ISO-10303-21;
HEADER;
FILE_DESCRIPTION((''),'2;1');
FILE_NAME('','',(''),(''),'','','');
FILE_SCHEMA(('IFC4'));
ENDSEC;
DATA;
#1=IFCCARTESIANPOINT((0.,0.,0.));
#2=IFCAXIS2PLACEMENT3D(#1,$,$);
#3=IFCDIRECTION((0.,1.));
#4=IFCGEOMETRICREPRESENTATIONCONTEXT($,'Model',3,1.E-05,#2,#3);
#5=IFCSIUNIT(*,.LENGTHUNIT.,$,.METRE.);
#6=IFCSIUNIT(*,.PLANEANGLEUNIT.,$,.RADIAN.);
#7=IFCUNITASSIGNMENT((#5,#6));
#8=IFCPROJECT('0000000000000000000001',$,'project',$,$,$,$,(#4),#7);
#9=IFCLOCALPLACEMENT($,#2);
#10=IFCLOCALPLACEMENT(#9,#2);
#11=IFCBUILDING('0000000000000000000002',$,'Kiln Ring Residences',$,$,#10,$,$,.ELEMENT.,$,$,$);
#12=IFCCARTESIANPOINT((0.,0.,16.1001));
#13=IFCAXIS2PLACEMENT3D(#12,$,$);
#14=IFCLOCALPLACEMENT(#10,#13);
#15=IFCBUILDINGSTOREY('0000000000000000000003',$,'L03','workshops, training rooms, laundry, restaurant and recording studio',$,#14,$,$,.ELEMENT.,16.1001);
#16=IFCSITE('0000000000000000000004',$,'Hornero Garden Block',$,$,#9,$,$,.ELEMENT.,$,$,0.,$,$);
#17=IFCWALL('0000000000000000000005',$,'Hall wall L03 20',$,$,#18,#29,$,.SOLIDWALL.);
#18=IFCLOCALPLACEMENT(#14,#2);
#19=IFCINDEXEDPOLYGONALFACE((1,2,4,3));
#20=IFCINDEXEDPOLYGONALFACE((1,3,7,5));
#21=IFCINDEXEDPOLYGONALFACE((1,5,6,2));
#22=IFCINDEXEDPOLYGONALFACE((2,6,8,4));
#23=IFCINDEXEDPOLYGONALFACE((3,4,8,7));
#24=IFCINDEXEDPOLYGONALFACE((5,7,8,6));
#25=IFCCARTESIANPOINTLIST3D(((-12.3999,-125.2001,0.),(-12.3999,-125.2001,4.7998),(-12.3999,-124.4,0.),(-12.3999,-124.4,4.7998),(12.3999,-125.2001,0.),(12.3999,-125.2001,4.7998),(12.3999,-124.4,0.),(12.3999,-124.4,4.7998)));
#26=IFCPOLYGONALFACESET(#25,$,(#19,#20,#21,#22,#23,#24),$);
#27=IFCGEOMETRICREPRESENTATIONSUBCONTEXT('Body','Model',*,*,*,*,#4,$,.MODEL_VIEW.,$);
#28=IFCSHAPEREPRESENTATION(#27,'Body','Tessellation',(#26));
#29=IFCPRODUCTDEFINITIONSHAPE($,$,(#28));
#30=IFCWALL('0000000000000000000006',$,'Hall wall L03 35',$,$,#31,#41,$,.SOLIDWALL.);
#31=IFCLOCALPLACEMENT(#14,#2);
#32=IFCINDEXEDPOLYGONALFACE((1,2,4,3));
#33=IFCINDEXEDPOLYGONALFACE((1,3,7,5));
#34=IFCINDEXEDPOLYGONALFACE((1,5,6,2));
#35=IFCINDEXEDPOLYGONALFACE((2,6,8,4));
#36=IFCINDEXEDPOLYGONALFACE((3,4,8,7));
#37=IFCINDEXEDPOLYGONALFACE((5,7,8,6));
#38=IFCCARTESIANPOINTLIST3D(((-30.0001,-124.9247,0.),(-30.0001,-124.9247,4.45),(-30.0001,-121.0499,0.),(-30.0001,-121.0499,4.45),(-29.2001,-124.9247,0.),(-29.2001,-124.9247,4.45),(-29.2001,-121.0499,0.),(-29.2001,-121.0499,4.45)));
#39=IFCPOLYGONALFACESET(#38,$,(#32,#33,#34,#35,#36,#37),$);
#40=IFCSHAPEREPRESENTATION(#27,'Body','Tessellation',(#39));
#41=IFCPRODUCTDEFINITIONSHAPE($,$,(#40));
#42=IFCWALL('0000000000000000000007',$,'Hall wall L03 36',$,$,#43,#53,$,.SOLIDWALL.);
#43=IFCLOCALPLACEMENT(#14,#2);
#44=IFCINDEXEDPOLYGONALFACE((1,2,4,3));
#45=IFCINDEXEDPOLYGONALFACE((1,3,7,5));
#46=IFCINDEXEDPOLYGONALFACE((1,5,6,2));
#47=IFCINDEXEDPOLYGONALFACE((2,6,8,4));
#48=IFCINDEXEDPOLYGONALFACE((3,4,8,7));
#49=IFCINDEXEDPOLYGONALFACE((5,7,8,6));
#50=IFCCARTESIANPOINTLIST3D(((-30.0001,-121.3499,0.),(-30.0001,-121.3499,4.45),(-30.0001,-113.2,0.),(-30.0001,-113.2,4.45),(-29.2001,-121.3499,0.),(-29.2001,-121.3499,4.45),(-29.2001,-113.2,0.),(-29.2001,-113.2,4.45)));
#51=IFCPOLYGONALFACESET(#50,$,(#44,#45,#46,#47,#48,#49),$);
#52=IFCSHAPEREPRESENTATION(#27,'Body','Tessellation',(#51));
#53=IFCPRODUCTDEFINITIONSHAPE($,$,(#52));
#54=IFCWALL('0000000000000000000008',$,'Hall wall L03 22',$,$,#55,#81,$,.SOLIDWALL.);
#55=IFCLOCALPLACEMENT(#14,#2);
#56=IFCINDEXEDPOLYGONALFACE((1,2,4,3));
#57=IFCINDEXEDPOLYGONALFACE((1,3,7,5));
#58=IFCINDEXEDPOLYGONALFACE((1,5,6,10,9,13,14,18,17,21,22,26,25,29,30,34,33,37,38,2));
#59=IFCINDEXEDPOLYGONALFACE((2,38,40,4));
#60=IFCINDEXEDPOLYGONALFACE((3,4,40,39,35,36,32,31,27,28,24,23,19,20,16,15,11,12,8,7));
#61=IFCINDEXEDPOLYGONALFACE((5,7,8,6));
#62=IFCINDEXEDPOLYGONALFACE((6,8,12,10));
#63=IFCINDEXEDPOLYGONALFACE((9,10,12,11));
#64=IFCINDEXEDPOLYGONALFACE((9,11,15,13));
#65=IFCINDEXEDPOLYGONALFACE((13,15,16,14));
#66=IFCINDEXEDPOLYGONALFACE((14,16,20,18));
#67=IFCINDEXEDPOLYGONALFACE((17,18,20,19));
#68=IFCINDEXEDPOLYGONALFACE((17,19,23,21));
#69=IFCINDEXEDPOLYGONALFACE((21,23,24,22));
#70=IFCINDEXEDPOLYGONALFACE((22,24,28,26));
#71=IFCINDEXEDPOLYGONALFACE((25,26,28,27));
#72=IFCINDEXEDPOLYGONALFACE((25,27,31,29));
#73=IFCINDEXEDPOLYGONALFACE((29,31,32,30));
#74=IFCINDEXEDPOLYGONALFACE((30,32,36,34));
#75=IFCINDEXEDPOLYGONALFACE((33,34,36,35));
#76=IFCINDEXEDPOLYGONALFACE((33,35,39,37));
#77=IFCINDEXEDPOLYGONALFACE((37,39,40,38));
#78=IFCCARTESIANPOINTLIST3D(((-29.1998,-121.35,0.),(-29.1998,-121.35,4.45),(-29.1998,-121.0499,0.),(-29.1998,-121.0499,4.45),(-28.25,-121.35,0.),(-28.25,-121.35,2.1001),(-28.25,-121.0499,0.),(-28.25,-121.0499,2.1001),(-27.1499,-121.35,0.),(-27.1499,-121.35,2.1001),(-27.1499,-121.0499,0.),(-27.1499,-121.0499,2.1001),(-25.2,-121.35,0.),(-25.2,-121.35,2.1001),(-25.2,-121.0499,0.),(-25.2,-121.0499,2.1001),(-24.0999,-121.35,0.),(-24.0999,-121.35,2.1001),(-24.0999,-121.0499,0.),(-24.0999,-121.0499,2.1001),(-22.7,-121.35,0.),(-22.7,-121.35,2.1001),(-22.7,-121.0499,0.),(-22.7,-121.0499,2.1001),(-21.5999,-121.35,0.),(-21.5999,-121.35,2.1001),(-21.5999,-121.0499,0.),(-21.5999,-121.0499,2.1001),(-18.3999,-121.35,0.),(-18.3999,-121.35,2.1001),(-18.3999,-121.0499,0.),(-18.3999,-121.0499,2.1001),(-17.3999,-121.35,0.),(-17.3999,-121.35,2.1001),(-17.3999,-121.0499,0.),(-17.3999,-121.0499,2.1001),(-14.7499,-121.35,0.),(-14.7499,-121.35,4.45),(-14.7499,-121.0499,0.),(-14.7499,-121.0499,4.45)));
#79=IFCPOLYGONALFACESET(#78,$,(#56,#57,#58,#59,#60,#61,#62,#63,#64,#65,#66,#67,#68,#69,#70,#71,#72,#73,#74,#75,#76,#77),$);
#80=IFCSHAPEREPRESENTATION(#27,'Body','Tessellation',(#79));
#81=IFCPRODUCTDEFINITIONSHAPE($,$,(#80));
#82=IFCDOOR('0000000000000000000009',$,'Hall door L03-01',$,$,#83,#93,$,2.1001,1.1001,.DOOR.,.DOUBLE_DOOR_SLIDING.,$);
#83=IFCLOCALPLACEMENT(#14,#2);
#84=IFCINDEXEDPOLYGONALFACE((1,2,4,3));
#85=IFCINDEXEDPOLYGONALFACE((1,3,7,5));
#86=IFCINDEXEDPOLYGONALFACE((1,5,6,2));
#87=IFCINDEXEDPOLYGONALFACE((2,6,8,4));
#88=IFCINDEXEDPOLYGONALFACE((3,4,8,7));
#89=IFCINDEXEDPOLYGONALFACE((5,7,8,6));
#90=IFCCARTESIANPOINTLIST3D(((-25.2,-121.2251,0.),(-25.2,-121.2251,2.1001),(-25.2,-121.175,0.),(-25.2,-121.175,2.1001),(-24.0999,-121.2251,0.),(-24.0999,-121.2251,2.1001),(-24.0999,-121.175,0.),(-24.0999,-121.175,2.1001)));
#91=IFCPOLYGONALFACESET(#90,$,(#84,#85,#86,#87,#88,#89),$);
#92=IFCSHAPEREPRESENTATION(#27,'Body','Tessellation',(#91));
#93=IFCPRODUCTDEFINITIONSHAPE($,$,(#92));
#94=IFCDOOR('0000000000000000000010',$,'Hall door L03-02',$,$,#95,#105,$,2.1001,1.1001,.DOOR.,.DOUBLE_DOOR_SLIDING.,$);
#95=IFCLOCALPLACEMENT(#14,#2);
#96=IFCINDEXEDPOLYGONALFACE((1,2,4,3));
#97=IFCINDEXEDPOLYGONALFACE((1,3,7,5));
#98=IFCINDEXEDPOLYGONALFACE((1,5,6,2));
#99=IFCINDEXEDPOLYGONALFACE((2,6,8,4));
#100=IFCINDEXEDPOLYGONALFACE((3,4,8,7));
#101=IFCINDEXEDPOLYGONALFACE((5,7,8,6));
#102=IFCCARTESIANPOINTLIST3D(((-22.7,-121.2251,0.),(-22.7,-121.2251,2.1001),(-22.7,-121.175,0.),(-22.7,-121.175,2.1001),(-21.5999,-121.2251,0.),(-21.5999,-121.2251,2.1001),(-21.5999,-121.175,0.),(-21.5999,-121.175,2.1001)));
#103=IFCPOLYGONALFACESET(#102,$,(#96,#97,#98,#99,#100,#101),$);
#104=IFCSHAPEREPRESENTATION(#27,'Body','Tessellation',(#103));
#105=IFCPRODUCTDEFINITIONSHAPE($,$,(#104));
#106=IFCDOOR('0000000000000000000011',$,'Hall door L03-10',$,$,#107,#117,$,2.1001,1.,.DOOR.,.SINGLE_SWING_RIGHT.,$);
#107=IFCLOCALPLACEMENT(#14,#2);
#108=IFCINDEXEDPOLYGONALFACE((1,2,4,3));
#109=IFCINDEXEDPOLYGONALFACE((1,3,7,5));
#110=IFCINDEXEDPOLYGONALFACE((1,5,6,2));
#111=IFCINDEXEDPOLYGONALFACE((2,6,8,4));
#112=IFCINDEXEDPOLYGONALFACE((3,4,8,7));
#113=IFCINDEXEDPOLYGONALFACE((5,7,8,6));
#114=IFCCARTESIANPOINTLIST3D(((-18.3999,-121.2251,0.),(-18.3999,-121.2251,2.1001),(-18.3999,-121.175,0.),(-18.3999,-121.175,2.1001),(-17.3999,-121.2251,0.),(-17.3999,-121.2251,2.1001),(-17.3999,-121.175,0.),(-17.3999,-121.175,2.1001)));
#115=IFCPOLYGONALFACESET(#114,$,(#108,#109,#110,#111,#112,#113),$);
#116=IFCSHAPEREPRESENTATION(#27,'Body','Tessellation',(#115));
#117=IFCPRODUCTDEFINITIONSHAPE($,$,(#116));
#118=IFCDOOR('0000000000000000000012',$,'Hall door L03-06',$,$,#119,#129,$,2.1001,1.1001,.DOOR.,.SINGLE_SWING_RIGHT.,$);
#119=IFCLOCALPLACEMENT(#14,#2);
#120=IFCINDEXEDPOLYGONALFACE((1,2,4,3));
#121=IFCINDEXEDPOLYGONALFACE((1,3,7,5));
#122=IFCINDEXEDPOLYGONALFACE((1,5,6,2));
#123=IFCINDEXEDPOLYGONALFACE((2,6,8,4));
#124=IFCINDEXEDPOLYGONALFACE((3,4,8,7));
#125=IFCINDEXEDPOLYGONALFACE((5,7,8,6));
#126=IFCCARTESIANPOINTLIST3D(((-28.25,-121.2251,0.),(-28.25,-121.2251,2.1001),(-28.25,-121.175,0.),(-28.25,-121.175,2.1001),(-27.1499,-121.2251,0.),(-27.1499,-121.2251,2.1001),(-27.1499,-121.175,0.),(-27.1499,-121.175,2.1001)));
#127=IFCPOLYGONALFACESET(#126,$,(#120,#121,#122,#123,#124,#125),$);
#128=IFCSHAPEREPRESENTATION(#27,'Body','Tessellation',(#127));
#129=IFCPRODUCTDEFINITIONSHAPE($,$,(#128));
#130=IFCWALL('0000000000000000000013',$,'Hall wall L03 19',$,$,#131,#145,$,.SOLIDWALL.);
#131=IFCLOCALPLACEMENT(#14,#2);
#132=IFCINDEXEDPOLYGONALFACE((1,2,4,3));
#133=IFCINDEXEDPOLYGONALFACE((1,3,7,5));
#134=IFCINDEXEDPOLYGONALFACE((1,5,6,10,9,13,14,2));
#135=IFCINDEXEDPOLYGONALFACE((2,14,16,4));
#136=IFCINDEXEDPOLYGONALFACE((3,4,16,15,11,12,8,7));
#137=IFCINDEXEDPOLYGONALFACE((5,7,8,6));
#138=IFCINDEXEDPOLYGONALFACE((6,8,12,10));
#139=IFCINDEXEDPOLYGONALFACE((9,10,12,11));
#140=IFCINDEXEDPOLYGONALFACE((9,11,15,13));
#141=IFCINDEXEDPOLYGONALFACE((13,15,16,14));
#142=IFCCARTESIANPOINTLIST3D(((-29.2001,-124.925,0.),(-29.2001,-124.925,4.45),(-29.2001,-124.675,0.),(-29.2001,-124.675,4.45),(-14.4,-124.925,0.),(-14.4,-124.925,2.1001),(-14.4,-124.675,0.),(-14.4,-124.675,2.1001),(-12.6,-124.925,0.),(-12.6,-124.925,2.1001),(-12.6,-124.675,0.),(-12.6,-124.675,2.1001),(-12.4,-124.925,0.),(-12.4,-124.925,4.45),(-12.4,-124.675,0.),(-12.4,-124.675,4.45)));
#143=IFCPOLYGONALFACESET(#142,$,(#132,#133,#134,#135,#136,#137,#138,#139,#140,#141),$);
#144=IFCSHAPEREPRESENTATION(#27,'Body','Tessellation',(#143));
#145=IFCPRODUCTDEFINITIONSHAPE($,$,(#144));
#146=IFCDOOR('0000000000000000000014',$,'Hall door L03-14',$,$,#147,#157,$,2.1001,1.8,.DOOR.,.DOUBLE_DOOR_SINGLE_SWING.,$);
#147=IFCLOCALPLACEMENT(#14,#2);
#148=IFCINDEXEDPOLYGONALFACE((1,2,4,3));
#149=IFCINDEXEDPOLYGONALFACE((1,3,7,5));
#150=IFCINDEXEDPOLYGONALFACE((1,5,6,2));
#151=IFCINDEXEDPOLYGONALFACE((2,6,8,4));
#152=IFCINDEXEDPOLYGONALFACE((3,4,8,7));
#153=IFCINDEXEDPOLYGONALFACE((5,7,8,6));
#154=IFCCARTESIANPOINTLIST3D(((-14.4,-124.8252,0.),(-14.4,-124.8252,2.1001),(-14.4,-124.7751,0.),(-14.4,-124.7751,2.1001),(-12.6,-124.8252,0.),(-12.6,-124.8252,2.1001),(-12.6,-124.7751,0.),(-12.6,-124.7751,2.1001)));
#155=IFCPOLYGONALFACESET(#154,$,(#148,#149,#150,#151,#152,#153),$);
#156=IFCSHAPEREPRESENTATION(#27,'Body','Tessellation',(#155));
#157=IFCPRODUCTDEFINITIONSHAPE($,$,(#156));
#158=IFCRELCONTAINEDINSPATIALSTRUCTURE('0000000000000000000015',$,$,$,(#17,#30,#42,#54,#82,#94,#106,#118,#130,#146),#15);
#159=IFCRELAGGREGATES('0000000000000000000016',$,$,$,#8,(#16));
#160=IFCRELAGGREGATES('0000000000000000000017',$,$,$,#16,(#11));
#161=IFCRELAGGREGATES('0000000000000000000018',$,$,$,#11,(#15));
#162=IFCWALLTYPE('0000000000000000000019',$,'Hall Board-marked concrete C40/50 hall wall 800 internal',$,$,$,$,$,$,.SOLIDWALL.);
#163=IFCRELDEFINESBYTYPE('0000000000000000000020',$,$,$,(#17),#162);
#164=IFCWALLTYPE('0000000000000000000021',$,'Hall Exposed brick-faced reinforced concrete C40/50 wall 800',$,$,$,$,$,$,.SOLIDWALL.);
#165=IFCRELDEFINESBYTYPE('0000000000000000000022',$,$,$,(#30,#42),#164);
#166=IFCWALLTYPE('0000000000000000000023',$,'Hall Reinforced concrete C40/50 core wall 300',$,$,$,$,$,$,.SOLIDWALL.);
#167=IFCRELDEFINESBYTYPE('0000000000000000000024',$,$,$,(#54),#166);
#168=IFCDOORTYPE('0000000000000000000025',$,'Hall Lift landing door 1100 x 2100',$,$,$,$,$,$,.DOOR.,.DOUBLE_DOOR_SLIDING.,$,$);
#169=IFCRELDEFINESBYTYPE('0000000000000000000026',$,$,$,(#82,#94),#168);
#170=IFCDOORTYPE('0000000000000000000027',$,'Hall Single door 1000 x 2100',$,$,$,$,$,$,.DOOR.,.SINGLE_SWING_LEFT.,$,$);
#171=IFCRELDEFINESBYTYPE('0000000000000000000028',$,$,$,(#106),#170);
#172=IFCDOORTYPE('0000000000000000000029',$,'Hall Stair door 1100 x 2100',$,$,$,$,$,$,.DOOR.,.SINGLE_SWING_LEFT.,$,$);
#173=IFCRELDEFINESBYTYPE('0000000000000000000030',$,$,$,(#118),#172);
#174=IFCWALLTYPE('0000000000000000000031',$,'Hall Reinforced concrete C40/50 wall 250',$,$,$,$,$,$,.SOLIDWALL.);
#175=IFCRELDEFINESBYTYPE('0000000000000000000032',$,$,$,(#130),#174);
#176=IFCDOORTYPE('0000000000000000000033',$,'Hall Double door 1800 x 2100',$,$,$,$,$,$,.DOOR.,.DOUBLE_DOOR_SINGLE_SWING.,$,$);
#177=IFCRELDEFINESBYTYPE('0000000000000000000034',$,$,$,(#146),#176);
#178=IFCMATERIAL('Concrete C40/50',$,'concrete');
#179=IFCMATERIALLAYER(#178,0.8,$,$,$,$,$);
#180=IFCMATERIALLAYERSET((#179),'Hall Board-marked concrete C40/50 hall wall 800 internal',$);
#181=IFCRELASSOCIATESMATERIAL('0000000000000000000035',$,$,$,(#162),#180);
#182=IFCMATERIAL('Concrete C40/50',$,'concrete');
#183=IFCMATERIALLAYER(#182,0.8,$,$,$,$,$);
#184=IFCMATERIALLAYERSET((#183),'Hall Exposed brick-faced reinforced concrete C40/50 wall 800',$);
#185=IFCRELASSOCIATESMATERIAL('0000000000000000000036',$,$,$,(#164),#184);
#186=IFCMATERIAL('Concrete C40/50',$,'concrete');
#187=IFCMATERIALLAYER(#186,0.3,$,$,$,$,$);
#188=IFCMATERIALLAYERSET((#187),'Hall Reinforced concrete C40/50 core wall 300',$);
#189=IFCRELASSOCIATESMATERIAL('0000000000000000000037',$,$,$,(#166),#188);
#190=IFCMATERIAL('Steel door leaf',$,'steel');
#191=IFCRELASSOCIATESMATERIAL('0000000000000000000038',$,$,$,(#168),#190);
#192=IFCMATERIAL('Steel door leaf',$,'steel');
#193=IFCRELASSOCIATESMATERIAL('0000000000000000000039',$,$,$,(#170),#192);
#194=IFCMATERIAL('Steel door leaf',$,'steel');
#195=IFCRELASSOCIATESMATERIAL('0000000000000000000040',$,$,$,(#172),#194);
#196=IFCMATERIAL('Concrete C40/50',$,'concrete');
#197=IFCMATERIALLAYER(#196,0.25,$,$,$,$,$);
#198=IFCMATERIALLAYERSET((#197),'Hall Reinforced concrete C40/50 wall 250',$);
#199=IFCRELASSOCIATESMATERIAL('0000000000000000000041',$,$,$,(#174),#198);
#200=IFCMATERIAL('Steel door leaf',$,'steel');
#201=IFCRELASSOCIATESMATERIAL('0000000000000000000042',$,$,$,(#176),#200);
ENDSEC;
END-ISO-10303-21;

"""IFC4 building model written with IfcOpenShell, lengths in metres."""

from ifc_helpers import new_model, si_unit, direction, frame, frame_2d, origin, place, context, subcontext, project, spatial, rectangle, extrude, material, layer, layer_set, type_object, element, fill, save


model = new_model("IFC4")

# Units and contexts
model_context = context("Model", 3, precision=1e-05, world=origin(), true_north=direction((0.0, 1.0)))
body_context = subcontext(model_context, "Body", "Model", "MODEL_VIEW")
ifc_project = project(units=[si_unit("LENGTHUNIT", "METRE"), si_unit("PLANEANGLEUNIT", "RADIAN")], contexts=[model_context])

# Site, building, storey
site_placement = place(None, origin())
site = spatial("IfcSite", under=ifc_project, at=site_placement, Name="Hornero Garden Block", CompositionType="ELEMENT", RefElevation=0.0)
building_placement = place(site_placement, origin())
building = spatial("IfcBuilding", under=site, at=building_placement, Name="Kiln Ring Residences", CompositionType="ELEMENT")
storey_placement = place(building_placement, frame((0.0, 0.0, 16.1001)))
storey = spatial("IfcBuildingStorey", under=building, at=storey_placement, Name="L03", Description="workshops, training rooms, laundry, restaurant and recording studio", CompositionType="ELEMENT", Elevation=16.1001)

# Walls
ifc_material_1 = material(Name="Concrete C40/50", Category="concrete")
ifc_layer_1 = layer(ifc_material_1, 0.8)
ifc_layer_set_1 = layer_set([ifc_layer_1], Name="Hall Board-marked concrete C40/50 hall wall 800 internal")
wall_type_1 = type_object("IfcWallType", Name="Hall Board-marked concrete C40/50 hall wall 800 internal", PredefinedType="SOLIDWALL", material=ifc_layer_set_1)
wall_1_placement = place(storey_placement, frame((-12.3999, -124.8, 0.0), z_axis=(0.0, 0.0, 1.0), x_axis=(1.0, 0.0, 0.0)))
element("IfcWall", 1, at=wall_1_placement, inside=storey, type_object=wall_type_1, Name="Hall wall L03 20", PredefinedType="SOLIDWALL", context=body_context, shape_type="SweptSolid", body=[
    extrude(rectangle(XDim=24.7998, YDim=0.8, at=frame_2d((12.3999, 0.0))), origin(), (0.0, 0.0, 1.0), 4.7998),
])
ifc_material_2 = material(Name="Concrete C40/50", Category="concrete")
ifc_layer_2 = layer(ifc_material_2, 0.8)
ifc_layer_set_2 = layer_set([ifc_layer_2], Name="Hall Exposed brick-faced reinforced concrete C40/50 wall 800")
wall_type_2 = type_object("IfcWallType", Name="Hall Exposed brick-faced reinforced concrete C40/50 wall 800", PredefinedType="SOLIDWALL", material=ifc_layer_set_2)
wall_2_placement = place(storey_placement, frame((-29.6001, -124.9248, 0.0), z_axis=(0.0, 0.0, 1.0), x_axis=(0.0, 1.0, 0.0)))
element("IfcWall", 2, at=wall_2_placement, inside=storey, type_object=wall_type_2, Name="Hall wall L03 35", PredefinedType="SOLIDWALL", context=body_context, shape_type="SweptSolid", body=[
    extrude(rectangle(XDim=3.8748, YDim=0.8, at=frame_2d((1.9375, 0.0))), origin(), (0.0, 0.0, 1.0), 4.45),
])
wall_3_placement = place(storey_placement, frame((-29.6001, -121.3499, 0.0), z_axis=(0.0, 0.0, 1.0), x_axis=(0.0, 1.0, 0.0)))
element("IfcWall", 3, at=wall_3_placement, inside=storey, type_object=wall_type_2, Name="Hall wall L03 36", PredefinedType="SOLIDWALL", context=body_context, shape_type="SweptSolid", body=[
    extrude(rectangle(XDim=8.1499, YDim=0.8, at=frame_2d((4.075, 0.0))), origin(), (0.0, 0.0, 1.0), 4.45),
])

# Wall, openings, doors
ifc_material_3 = material(Name="Concrete C40/50", Category="concrete")
ifc_layer_3 = layer(ifc_material_3, 0.3)
ifc_layer_set_3 = layer_set([ifc_layer_3], Name="Hall Reinforced concrete C40/50 core wall 300")
wall_type_3 = type_object("IfcWallType", Name="Hall Reinforced concrete C40/50 core wall 300", PredefinedType="SOLIDWALL", material=ifc_layer_set_3)
wall_4_placement = place(storey_placement, frame((-29.2, -121.2, 0.0), z_axis=(0.0, 0.0, 1.0), x_axis=(1.0, 0.0, 0.0)))
wall_4 = element("IfcWall", 4, at=wall_4_placement, inside=storey, type_object=wall_type_3, Name="Hall wall L03 22", PredefinedType="SOLIDWALL", context=body_context, shape_type="SweptSolid", body=[
    extrude(rectangle(XDim=14.45, YDim=0.3, at=frame_2d((7.2251, 0.0))), origin(), (0.0, 0.0, 1.0), 4.45),
])
opening_1_placement = place(wall_4_placement, frame((4.0, 0.0, 0.0)))
opening_1 = element("IfcOpeningElement", 5, at=opening_1_placement, cuts=wall_4, PredefinedType="OPENING", context=body_context, shape_type="SweptSolid", body=[
    extrude(rectangle(XDim=1.1001, YDim=2.1001, at=frame_2d((0.55, 1.05))), frame((0.0, 0.1599, 0.0), z_axis=(0.0, -1.0, 0.0), x_axis=(1.0, 0.0, 0.0)), (0.0, 0.0, 1.0), 0.3201),
])
opening_2_placement = place(wall_4_placement, frame((6.5, 0.0, 0.0)))
opening_2 = element("IfcOpeningElement", 6, at=opening_2_placement, cuts=wall_4, PredefinedType="OPENING", context=body_context, shape_type="SweptSolid", body=[
    extrude(rectangle(XDim=1.1001, YDim=2.1001, at=frame_2d((0.55, 1.05))), frame((0.0, 0.1599, 0.0), z_axis=(0.0, -1.0, 0.0), x_axis=(1.0, 0.0, 0.0)), (0.0, 0.0, 1.0), 0.3201),
])
opening_3_placement = place(wall_4_placement, frame((0.95, 0.0, 0.0)))
opening_3 = element("IfcOpeningElement", 7, at=opening_3_placement, cuts=wall_4, PredefinedType="OPENING", context=body_context, shape_type="SweptSolid", body=[
    extrude(rectangle(XDim=1.1001, YDim=2.1001, at=frame_2d((0.55, 1.05))), frame((0.0, 0.1599, 0.0), z_axis=(0.0, -1.0, 0.0), x_axis=(1.0, 0.0, 0.0)), (0.0, 0.0, 1.0), 0.3201),
])
opening_4_placement = place(wall_4_placement, frame((10.8, 0.0, 0.0)))
opening_4 = element("IfcOpeningElement", 8, at=opening_4_placement, cuts=wall_4, PredefinedType="OPENING", context=body_context, shape_type="SweptSolid", body=[
    extrude(rectangle(XDim=1.0, YDim=2.1001, at=frame_2d((0.5, 1.05))), frame((0.0, 0.1599, 0.0), z_axis=(0.0, -1.0, 0.0), x_axis=(1.0, 0.0, 0.0)), (0.0, 0.0, 1.0), 0.3201),
])
ifc_material_4 = material(Name="Steel door leaf", Category="steel")
door_type_1 = type_object("IfcDoorType", Name="Hall Lift landing door 1100 x 2100", OperationType="DOUBLE_DOOR_SLIDING", PredefinedType="DOOR", material=ifc_material_4)
door_1_placement = place(opening_1_placement, origin())
door_1 = element("IfcDoor", 9, at=door_1_placement, inside=storey, type_object=door_type_1, Name="Hall door L03-01", OperationType="DOUBLE_DOOR_SLIDING", OverallHeight=2.1001, OverallWidth=1.1001, PredefinedType="DOOR", context=body_context, shape_type="SweptSolid", body=[
    extrude(rectangle(XDim=1.1001, YDim=2.1001, at=frame_2d((0.55, 1.05))), frame((0.0, 0.0249, 0.0), z_axis=(0.0, -1.0, 0.0), x_axis=(1.0, 0.0, 0.0)), (0.0, 0.0, 1.0), 0.05),
])
fill(opening_1, door_1)
door_2_placement = place(opening_2_placement, origin())
door_2 = element("IfcDoor", 10, at=door_2_placement, inside=storey, type_object=door_type_1, Name="Hall door L03-02", OperationType="DOUBLE_DOOR_SLIDING", OverallHeight=2.1001, OverallWidth=1.1001, PredefinedType="DOOR", context=body_context, shape_type="SweptSolid", body=[
    extrude(rectangle(XDim=1.1001, YDim=2.1001, at=frame_2d((0.55, 1.05))), frame((0.0, 0.0249, 0.0), z_axis=(0.0, -1.0, 0.0), x_axis=(1.0, 0.0, 0.0)), (0.0, 0.0, 1.0), 0.05),
])
fill(opening_2, door_2)
ifc_material_5 = material(Name="Steel door leaf", Category="steel")
door_type_2 = type_object("IfcDoorType", Name="Hall Single door 1000 x 2100", OperationType="SINGLE_SWING_LEFT", PredefinedType="DOOR", material=ifc_material_5)
door_3_placement = place(opening_4_placement, origin())
door_3 = element("IfcDoor", 11, at=door_3_placement, inside=storey, type_object=door_type_2, Name="Hall door L03-10", OperationType="SINGLE_SWING_RIGHT", OverallHeight=2.1001, OverallWidth=1.0, PredefinedType="DOOR", context=body_context, shape_type="SweptSolid", body=[
    extrude(rectangle(XDim=1.0, YDim=2.1001, at=frame_2d((0.5, 1.05))), frame((0.0, 0.0249, 0.0), z_axis=(0.0, -1.0, 0.0), x_axis=(1.0, 0.0, 0.0)), (0.0, 0.0, 1.0), 0.05),
])
fill(opening_4, door_3)
ifc_material_6 = material(Name="Steel door leaf", Category="steel")
door_type_3 = type_object("IfcDoorType", Name="Hall Stair door 1100 x 2100", OperationType="SINGLE_SWING_LEFT", PredefinedType="DOOR", material=ifc_material_6)
door_4_placement = place(opening_3_placement, origin())
door_4 = element("IfcDoor", 12, at=door_4_placement, inside=storey, type_object=door_type_3, Name="Hall door L03-06", OperationType="SINGLE_SWING_RIGHT", OverallHeight=2.1001, OverallWidth=1.1001, PredefinedType="DOOR", context=body_context, shape_type="SweptSolid", body=[
    extrude(rectangle(XDim=1.1001, YDim=2.1001, at=frame_2d((0.55, 1.05))), frame((0.0, 0.0249, 0.0), z_axis=(0.0, -1.0, 0.0), x_axis=(1.0, 0.0, 0.0)), (0.0, 0.0, 1.0), 0.05),
])
fill(opening_3, door_4)

# Wall, opening, door
ifc_material_7 = material(Name="Concrete C40/50", Category="concrete")
ifc_layer_4 = layer(ifc_material_7, 0.25)
ifc_layer_set_4 = layer_set([ifc_layer_4], Name="Hall Reinforced concrete C40/50 wall 250")
wall_type_4 = type_object("IfcWallType", Name="Hall Reinforced concrete C40/50 wall 250", PredefinedType="SOLIDWALL", material=ifc_layer_set_4)
wall_5_placement = place(storey_placement, frame((-29.2, -124.8, 0.0), z_axis=(0.0, 0.0, 1.0), x_axis=(1.0, 0.0, 0.0)))
wall_5 = element("IfcWall", 13, at=wall_5_placement, inside=storey, type_object=wall_type_4, Name="Hall wall L03 19", PredefinedType="SOLIDWALL", context=body_context, shape_type="SweptSolid", body=[
    extrude(rectangle(XDim=16.8, YDim=0.25, at=frame_2d((8.3999, 0.0))), origin(), (0.0, 0.0, 1.0), 4.45),
])
opening_5_placement = place(wall_5_placement, frame((14.8, 0.0, 0.0)))
opening_5 = element("IfcOpeningElement", 14, at=opening_5_placement, cuts=wall_5, PredefinedType="OPENING", context=body_context, shape_type="SweptSolid", body=[
    extrude(rectangle(XDim=1.8, YDim=2.1001, at=frame_2d((0.8999, 1.05))), frame((0.0, 0.135, 0.0), z_axis=(0.0, -1.0, 0.0), x_axis=(1.0, 0.0, 0.0)), (0.0, 0.0, 1.0), 0.27),
])
ifc_material_8 = material(Name="Steel door leaf", Category="steel")
door_type_4 = type_object("IfcDoorType", Name="Hall Double door 1800 x 2100", OperationType="DOUBLE_DOOR_SINGLE_SWING", PredefinedType="DOOR", material=ifc_material_8)
door_5_placement = place(opening_5_placement, origin())
door_5 = element("IfcDoor", 15, at=door_5_placement, inside=storey, type_object=door_type_4, Name="Hall door L03-14", OperationType="DOUBLE_DOOR_SINGLE_SWING", OverallHeight=2.1001, OverallWidth=1.8, PredefinedType="DOOR", context=body_context, shape_type="SweptSolid", body=[
    extrude(rectangle(XDim=1.8, YDim=2.1001, at=frame_2d((0.8999, 1.05))), frame((0.0, 0.0249, 0.0), z_axis=(0.0, -1.0, 0.0), x_axis=(1.0, 0.0, 0.0)), (0.0, 0.0, 1.0), 0.05),
])
fill(opening_5, door_5)

save(model, "model.ifc")
